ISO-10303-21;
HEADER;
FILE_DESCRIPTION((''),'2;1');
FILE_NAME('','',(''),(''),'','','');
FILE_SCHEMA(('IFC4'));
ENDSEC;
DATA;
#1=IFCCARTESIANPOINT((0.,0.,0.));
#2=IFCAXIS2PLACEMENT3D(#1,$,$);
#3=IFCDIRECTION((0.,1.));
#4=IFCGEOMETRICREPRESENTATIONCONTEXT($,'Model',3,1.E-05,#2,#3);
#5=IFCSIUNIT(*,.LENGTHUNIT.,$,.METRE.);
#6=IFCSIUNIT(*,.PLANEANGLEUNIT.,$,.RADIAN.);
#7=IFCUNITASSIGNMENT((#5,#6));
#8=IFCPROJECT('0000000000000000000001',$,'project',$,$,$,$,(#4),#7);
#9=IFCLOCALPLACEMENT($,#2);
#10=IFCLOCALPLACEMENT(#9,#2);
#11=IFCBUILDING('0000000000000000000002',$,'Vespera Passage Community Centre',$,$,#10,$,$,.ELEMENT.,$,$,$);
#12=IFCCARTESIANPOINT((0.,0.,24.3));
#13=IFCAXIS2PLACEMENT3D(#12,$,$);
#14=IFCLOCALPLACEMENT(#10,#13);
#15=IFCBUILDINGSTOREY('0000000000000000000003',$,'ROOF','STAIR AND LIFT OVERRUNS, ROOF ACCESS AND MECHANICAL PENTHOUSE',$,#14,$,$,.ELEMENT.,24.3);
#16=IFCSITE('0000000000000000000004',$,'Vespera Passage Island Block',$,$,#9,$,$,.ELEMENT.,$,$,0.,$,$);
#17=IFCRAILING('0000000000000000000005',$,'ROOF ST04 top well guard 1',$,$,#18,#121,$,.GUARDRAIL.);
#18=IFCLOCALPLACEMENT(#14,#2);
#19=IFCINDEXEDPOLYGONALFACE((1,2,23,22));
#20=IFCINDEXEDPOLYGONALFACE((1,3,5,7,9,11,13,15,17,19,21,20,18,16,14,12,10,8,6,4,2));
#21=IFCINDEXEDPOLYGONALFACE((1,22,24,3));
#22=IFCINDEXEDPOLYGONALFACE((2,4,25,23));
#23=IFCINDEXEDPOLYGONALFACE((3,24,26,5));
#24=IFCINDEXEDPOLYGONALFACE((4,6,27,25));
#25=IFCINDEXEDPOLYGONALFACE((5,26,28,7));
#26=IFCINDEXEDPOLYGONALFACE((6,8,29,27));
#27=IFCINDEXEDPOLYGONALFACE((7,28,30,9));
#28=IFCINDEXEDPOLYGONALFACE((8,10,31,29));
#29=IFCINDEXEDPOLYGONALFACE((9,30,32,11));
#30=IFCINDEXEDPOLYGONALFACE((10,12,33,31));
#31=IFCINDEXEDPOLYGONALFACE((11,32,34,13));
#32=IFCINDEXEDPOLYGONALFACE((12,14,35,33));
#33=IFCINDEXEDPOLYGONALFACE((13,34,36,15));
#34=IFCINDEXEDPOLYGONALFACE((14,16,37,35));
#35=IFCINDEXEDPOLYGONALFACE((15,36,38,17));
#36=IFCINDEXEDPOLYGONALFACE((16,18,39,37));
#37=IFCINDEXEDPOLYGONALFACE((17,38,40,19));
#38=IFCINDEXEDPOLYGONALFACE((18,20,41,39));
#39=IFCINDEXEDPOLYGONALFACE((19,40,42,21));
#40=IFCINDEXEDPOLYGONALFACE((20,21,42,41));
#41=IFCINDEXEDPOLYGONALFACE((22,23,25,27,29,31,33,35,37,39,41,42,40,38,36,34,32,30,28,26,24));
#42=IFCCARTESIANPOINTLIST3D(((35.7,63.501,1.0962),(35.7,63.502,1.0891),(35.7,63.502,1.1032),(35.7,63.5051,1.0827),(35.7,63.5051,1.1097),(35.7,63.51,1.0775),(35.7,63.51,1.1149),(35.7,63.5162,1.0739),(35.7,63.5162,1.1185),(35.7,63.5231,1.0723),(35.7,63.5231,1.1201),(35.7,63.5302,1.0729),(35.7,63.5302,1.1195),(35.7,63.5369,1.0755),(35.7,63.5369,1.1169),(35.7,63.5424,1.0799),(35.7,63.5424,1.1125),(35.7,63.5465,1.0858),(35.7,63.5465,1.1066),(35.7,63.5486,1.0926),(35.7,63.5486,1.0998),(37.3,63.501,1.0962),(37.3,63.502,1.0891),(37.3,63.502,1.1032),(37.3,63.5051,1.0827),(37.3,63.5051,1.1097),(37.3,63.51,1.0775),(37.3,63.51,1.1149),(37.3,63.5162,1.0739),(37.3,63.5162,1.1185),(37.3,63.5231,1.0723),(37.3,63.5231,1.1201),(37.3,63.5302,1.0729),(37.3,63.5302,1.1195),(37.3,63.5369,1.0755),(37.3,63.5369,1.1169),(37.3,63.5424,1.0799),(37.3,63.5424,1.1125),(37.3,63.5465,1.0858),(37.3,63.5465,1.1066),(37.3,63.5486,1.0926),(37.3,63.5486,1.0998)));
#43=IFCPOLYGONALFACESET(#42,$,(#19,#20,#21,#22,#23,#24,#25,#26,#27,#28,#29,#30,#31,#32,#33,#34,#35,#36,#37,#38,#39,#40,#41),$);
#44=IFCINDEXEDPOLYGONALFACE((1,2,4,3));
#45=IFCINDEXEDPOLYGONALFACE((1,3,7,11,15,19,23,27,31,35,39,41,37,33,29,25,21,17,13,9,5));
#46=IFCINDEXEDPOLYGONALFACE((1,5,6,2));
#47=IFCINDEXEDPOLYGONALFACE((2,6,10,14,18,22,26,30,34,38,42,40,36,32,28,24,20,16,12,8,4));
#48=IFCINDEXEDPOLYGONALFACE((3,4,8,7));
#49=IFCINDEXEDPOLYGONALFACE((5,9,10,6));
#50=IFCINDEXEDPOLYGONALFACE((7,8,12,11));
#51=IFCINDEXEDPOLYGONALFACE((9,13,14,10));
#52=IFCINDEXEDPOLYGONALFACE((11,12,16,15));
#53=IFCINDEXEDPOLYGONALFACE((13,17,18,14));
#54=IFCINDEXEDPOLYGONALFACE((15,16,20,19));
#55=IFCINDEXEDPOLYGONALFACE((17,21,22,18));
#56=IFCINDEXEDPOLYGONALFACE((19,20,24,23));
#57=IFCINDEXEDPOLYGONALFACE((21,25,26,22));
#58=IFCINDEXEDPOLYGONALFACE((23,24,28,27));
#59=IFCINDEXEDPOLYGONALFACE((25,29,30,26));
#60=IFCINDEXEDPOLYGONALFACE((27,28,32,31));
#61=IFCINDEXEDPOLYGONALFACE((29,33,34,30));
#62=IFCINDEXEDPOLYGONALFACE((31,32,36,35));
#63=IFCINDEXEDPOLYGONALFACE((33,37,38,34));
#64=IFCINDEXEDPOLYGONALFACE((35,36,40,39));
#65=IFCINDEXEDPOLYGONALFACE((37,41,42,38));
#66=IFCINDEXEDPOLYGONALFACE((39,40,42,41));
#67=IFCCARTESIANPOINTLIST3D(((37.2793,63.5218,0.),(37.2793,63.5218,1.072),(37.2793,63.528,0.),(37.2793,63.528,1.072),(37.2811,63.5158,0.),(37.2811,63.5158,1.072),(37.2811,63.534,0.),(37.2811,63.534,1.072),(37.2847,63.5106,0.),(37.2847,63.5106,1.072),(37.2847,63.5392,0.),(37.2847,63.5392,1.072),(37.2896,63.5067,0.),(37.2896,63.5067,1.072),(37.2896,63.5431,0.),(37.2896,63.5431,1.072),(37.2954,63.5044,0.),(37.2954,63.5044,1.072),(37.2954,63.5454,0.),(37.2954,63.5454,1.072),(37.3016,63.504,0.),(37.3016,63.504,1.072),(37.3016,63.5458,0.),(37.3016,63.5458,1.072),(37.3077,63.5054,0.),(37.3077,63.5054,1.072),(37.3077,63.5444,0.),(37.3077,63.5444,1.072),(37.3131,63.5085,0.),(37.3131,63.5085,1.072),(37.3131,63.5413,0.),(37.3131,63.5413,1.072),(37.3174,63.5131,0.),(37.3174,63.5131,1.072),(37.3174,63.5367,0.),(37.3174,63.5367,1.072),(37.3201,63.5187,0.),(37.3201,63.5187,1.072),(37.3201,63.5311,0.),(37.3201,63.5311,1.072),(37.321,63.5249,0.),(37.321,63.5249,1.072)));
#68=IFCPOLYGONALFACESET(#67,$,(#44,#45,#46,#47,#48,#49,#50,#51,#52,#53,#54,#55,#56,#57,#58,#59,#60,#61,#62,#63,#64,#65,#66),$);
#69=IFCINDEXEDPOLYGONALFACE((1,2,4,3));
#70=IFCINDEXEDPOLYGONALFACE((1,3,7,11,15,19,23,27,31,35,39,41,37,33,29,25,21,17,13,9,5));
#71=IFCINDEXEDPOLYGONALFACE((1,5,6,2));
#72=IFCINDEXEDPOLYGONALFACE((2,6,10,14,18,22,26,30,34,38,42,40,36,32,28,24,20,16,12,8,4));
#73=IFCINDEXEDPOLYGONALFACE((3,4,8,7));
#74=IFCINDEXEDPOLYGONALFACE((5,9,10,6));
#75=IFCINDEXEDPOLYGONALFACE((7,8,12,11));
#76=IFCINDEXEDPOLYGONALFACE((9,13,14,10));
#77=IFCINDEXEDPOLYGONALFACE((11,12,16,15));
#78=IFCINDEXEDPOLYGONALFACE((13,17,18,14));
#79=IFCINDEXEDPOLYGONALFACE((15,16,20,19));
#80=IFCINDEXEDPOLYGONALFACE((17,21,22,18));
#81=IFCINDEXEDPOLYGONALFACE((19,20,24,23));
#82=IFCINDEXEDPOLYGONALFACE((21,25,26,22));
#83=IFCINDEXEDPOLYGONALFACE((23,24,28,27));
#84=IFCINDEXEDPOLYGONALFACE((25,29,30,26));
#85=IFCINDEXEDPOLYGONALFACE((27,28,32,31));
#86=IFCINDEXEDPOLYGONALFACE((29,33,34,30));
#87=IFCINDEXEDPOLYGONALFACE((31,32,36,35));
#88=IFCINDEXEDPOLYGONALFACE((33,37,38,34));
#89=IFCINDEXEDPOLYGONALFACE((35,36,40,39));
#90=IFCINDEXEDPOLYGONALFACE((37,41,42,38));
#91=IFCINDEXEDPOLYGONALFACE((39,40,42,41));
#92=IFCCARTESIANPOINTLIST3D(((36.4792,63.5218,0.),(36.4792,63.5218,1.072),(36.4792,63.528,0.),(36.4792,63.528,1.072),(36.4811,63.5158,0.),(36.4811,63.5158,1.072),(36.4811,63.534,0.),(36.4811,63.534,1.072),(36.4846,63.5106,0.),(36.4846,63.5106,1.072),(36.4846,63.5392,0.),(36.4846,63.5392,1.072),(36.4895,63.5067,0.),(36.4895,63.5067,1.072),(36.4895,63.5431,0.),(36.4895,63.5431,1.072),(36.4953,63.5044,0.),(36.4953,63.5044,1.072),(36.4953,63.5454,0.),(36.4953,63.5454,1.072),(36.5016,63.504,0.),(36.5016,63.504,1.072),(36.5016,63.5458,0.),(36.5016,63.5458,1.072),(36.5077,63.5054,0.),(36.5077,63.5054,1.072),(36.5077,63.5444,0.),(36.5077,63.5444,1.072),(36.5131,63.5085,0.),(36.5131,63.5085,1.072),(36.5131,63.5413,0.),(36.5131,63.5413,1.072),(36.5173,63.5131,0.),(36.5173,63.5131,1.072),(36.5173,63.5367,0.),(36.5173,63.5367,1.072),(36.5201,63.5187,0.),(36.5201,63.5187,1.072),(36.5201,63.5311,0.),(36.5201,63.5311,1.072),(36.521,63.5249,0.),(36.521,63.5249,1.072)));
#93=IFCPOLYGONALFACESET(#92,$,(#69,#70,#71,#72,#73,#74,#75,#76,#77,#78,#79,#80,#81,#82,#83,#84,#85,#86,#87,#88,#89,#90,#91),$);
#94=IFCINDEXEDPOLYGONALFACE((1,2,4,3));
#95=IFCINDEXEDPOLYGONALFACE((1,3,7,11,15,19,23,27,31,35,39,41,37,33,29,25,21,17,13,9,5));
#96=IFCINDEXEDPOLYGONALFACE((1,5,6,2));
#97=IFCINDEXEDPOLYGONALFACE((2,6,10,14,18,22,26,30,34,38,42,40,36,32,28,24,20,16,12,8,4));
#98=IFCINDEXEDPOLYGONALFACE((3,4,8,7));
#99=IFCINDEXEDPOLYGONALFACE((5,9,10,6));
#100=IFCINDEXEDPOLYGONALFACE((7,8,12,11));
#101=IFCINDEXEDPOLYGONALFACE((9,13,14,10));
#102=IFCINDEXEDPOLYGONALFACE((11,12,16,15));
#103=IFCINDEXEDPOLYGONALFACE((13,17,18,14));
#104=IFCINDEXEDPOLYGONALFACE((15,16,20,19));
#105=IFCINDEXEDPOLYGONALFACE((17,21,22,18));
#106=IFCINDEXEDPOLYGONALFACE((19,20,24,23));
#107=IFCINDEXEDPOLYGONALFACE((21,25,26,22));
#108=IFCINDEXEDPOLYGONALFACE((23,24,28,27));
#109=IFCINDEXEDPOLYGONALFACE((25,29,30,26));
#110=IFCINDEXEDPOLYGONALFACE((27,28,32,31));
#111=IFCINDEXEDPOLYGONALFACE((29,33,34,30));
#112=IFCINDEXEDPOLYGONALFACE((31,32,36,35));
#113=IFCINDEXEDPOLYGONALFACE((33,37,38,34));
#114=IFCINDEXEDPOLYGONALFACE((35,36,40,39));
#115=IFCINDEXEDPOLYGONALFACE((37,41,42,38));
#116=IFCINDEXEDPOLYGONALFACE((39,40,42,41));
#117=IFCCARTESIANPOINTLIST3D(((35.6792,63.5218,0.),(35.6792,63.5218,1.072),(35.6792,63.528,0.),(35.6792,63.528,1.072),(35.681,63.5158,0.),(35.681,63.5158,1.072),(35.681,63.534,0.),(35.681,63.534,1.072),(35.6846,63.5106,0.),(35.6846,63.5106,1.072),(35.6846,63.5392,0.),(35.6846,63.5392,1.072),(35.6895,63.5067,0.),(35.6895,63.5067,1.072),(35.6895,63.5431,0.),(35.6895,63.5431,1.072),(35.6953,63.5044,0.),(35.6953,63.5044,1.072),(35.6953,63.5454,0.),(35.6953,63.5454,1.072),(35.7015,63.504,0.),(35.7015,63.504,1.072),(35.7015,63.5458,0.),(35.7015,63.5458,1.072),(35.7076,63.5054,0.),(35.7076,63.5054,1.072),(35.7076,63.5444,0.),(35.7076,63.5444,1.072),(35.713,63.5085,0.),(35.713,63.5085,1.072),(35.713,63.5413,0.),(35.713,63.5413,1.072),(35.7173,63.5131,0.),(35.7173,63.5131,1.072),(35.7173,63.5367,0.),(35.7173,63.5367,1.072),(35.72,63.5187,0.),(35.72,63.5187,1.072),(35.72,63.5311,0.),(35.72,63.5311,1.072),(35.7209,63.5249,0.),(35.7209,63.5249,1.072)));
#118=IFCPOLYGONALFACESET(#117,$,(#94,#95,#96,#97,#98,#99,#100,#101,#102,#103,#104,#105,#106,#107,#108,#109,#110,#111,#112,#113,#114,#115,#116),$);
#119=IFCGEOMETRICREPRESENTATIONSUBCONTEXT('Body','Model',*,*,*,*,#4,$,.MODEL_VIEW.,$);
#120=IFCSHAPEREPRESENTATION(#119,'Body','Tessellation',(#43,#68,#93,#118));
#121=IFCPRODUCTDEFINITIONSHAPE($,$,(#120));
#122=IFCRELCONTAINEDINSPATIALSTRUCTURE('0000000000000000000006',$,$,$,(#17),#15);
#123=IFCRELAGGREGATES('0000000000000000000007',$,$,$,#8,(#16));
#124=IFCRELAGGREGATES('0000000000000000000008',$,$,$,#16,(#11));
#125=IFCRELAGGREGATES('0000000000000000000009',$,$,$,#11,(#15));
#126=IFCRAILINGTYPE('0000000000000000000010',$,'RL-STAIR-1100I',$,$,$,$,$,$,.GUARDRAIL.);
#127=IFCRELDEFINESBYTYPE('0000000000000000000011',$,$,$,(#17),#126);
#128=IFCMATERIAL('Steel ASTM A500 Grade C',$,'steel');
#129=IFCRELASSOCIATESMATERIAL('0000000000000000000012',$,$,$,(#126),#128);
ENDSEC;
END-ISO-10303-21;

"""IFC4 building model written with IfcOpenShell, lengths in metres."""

from ifc_helpers import new_model, si_unit, direction, frame, origin, origin_2d, place, context, subcontext, project, spatial, circle, extrude, material, type_object, element, save


model = new_model("IFC4")

# Units and contexts
model_context = context("Model", 3, precision=1e-05, world=origin(), true_north=direction((0.0, 1.0)))
body_context = subcontext(model_context, "Body", "Model", "MODEL_VIEW")
ifc_project = project(units=[si_unit("LENGTHUNIT", "METRE"), si_unit("PLANEANGLEUNIT", "RADIAN")], contexts=[model_context])

# Site, building, storey
site_placement = place(None, origin())
site = spatial("IfcSite", under=ifc_project, at=site_placement, Name="Vespera Passage Island Block", CompositionType="ELEMENT", RefElevation=0.0)
building_placement = place(site_placement, origin())
building = spatial("IfcBuilding", under=site, at=building_placement, Name="Vespera Passage Community Centre", CompositionType="ELEMENT")
storey_placement = place(building_placement, frame((0.0, 0.0, 24.3)))
storey = spatial("IfcBuildingStorey", under=building, at=storey_placement, Name="ROOF", Description="STAIR AND LIFT OVERRUNS, ROOF ACCESS AND MECHANICAL PENTHOUSE", CompositionType="ELEMENT", Elevation=24.3)

# Railing
ifc_material_1 = material(Name="Steel ASTM A500 Grade C", Category="steel")
railing_type_1 = type_object("IfcRailingType", Name="RL-STAIR-1100I", PredefinedType="GUARDRAIL", material=ifc_material_1)
railing_1_placement = place(storey_placement, frame((37.3, 63.5249, 0.0)))
element("IfcRailing", 1, at=railing_1_placement, inside=storey, type_object=railing_type_1, Name="ROOF ST04 top well guard 1", PredefinedType="GUARDRAIL", context=body_context, shape_type="SweptSolid", body=[
    extrude(circle(Radius=0.0239, at=origin_2d()), frame((0.0, 0.0, 1.0962), z_axis=(-1.0, 0.0, 0.0), x_axis=(0.0, -1.0, 0.0)), (0.0, 0.0, 1.0), 1.6001),
    extrude(circle(Radius=0.021, at=origin_2d()), origin(), (0.0, 0.0, 1.0), 1.072),
    extrude(circle(Radius=0.021, at=origin_2d()), frame((-0.8, 0.0, 0.0)), (0.0, 0.0, 1.0), 1.072),
    extrude(circle(Radius=0.021, at=origin_2d()), frame((-1.6001, 0.0, 0.0)), (0.0, 0.0, 1.0), 1.072),
])

save(model, "model.ifc")
